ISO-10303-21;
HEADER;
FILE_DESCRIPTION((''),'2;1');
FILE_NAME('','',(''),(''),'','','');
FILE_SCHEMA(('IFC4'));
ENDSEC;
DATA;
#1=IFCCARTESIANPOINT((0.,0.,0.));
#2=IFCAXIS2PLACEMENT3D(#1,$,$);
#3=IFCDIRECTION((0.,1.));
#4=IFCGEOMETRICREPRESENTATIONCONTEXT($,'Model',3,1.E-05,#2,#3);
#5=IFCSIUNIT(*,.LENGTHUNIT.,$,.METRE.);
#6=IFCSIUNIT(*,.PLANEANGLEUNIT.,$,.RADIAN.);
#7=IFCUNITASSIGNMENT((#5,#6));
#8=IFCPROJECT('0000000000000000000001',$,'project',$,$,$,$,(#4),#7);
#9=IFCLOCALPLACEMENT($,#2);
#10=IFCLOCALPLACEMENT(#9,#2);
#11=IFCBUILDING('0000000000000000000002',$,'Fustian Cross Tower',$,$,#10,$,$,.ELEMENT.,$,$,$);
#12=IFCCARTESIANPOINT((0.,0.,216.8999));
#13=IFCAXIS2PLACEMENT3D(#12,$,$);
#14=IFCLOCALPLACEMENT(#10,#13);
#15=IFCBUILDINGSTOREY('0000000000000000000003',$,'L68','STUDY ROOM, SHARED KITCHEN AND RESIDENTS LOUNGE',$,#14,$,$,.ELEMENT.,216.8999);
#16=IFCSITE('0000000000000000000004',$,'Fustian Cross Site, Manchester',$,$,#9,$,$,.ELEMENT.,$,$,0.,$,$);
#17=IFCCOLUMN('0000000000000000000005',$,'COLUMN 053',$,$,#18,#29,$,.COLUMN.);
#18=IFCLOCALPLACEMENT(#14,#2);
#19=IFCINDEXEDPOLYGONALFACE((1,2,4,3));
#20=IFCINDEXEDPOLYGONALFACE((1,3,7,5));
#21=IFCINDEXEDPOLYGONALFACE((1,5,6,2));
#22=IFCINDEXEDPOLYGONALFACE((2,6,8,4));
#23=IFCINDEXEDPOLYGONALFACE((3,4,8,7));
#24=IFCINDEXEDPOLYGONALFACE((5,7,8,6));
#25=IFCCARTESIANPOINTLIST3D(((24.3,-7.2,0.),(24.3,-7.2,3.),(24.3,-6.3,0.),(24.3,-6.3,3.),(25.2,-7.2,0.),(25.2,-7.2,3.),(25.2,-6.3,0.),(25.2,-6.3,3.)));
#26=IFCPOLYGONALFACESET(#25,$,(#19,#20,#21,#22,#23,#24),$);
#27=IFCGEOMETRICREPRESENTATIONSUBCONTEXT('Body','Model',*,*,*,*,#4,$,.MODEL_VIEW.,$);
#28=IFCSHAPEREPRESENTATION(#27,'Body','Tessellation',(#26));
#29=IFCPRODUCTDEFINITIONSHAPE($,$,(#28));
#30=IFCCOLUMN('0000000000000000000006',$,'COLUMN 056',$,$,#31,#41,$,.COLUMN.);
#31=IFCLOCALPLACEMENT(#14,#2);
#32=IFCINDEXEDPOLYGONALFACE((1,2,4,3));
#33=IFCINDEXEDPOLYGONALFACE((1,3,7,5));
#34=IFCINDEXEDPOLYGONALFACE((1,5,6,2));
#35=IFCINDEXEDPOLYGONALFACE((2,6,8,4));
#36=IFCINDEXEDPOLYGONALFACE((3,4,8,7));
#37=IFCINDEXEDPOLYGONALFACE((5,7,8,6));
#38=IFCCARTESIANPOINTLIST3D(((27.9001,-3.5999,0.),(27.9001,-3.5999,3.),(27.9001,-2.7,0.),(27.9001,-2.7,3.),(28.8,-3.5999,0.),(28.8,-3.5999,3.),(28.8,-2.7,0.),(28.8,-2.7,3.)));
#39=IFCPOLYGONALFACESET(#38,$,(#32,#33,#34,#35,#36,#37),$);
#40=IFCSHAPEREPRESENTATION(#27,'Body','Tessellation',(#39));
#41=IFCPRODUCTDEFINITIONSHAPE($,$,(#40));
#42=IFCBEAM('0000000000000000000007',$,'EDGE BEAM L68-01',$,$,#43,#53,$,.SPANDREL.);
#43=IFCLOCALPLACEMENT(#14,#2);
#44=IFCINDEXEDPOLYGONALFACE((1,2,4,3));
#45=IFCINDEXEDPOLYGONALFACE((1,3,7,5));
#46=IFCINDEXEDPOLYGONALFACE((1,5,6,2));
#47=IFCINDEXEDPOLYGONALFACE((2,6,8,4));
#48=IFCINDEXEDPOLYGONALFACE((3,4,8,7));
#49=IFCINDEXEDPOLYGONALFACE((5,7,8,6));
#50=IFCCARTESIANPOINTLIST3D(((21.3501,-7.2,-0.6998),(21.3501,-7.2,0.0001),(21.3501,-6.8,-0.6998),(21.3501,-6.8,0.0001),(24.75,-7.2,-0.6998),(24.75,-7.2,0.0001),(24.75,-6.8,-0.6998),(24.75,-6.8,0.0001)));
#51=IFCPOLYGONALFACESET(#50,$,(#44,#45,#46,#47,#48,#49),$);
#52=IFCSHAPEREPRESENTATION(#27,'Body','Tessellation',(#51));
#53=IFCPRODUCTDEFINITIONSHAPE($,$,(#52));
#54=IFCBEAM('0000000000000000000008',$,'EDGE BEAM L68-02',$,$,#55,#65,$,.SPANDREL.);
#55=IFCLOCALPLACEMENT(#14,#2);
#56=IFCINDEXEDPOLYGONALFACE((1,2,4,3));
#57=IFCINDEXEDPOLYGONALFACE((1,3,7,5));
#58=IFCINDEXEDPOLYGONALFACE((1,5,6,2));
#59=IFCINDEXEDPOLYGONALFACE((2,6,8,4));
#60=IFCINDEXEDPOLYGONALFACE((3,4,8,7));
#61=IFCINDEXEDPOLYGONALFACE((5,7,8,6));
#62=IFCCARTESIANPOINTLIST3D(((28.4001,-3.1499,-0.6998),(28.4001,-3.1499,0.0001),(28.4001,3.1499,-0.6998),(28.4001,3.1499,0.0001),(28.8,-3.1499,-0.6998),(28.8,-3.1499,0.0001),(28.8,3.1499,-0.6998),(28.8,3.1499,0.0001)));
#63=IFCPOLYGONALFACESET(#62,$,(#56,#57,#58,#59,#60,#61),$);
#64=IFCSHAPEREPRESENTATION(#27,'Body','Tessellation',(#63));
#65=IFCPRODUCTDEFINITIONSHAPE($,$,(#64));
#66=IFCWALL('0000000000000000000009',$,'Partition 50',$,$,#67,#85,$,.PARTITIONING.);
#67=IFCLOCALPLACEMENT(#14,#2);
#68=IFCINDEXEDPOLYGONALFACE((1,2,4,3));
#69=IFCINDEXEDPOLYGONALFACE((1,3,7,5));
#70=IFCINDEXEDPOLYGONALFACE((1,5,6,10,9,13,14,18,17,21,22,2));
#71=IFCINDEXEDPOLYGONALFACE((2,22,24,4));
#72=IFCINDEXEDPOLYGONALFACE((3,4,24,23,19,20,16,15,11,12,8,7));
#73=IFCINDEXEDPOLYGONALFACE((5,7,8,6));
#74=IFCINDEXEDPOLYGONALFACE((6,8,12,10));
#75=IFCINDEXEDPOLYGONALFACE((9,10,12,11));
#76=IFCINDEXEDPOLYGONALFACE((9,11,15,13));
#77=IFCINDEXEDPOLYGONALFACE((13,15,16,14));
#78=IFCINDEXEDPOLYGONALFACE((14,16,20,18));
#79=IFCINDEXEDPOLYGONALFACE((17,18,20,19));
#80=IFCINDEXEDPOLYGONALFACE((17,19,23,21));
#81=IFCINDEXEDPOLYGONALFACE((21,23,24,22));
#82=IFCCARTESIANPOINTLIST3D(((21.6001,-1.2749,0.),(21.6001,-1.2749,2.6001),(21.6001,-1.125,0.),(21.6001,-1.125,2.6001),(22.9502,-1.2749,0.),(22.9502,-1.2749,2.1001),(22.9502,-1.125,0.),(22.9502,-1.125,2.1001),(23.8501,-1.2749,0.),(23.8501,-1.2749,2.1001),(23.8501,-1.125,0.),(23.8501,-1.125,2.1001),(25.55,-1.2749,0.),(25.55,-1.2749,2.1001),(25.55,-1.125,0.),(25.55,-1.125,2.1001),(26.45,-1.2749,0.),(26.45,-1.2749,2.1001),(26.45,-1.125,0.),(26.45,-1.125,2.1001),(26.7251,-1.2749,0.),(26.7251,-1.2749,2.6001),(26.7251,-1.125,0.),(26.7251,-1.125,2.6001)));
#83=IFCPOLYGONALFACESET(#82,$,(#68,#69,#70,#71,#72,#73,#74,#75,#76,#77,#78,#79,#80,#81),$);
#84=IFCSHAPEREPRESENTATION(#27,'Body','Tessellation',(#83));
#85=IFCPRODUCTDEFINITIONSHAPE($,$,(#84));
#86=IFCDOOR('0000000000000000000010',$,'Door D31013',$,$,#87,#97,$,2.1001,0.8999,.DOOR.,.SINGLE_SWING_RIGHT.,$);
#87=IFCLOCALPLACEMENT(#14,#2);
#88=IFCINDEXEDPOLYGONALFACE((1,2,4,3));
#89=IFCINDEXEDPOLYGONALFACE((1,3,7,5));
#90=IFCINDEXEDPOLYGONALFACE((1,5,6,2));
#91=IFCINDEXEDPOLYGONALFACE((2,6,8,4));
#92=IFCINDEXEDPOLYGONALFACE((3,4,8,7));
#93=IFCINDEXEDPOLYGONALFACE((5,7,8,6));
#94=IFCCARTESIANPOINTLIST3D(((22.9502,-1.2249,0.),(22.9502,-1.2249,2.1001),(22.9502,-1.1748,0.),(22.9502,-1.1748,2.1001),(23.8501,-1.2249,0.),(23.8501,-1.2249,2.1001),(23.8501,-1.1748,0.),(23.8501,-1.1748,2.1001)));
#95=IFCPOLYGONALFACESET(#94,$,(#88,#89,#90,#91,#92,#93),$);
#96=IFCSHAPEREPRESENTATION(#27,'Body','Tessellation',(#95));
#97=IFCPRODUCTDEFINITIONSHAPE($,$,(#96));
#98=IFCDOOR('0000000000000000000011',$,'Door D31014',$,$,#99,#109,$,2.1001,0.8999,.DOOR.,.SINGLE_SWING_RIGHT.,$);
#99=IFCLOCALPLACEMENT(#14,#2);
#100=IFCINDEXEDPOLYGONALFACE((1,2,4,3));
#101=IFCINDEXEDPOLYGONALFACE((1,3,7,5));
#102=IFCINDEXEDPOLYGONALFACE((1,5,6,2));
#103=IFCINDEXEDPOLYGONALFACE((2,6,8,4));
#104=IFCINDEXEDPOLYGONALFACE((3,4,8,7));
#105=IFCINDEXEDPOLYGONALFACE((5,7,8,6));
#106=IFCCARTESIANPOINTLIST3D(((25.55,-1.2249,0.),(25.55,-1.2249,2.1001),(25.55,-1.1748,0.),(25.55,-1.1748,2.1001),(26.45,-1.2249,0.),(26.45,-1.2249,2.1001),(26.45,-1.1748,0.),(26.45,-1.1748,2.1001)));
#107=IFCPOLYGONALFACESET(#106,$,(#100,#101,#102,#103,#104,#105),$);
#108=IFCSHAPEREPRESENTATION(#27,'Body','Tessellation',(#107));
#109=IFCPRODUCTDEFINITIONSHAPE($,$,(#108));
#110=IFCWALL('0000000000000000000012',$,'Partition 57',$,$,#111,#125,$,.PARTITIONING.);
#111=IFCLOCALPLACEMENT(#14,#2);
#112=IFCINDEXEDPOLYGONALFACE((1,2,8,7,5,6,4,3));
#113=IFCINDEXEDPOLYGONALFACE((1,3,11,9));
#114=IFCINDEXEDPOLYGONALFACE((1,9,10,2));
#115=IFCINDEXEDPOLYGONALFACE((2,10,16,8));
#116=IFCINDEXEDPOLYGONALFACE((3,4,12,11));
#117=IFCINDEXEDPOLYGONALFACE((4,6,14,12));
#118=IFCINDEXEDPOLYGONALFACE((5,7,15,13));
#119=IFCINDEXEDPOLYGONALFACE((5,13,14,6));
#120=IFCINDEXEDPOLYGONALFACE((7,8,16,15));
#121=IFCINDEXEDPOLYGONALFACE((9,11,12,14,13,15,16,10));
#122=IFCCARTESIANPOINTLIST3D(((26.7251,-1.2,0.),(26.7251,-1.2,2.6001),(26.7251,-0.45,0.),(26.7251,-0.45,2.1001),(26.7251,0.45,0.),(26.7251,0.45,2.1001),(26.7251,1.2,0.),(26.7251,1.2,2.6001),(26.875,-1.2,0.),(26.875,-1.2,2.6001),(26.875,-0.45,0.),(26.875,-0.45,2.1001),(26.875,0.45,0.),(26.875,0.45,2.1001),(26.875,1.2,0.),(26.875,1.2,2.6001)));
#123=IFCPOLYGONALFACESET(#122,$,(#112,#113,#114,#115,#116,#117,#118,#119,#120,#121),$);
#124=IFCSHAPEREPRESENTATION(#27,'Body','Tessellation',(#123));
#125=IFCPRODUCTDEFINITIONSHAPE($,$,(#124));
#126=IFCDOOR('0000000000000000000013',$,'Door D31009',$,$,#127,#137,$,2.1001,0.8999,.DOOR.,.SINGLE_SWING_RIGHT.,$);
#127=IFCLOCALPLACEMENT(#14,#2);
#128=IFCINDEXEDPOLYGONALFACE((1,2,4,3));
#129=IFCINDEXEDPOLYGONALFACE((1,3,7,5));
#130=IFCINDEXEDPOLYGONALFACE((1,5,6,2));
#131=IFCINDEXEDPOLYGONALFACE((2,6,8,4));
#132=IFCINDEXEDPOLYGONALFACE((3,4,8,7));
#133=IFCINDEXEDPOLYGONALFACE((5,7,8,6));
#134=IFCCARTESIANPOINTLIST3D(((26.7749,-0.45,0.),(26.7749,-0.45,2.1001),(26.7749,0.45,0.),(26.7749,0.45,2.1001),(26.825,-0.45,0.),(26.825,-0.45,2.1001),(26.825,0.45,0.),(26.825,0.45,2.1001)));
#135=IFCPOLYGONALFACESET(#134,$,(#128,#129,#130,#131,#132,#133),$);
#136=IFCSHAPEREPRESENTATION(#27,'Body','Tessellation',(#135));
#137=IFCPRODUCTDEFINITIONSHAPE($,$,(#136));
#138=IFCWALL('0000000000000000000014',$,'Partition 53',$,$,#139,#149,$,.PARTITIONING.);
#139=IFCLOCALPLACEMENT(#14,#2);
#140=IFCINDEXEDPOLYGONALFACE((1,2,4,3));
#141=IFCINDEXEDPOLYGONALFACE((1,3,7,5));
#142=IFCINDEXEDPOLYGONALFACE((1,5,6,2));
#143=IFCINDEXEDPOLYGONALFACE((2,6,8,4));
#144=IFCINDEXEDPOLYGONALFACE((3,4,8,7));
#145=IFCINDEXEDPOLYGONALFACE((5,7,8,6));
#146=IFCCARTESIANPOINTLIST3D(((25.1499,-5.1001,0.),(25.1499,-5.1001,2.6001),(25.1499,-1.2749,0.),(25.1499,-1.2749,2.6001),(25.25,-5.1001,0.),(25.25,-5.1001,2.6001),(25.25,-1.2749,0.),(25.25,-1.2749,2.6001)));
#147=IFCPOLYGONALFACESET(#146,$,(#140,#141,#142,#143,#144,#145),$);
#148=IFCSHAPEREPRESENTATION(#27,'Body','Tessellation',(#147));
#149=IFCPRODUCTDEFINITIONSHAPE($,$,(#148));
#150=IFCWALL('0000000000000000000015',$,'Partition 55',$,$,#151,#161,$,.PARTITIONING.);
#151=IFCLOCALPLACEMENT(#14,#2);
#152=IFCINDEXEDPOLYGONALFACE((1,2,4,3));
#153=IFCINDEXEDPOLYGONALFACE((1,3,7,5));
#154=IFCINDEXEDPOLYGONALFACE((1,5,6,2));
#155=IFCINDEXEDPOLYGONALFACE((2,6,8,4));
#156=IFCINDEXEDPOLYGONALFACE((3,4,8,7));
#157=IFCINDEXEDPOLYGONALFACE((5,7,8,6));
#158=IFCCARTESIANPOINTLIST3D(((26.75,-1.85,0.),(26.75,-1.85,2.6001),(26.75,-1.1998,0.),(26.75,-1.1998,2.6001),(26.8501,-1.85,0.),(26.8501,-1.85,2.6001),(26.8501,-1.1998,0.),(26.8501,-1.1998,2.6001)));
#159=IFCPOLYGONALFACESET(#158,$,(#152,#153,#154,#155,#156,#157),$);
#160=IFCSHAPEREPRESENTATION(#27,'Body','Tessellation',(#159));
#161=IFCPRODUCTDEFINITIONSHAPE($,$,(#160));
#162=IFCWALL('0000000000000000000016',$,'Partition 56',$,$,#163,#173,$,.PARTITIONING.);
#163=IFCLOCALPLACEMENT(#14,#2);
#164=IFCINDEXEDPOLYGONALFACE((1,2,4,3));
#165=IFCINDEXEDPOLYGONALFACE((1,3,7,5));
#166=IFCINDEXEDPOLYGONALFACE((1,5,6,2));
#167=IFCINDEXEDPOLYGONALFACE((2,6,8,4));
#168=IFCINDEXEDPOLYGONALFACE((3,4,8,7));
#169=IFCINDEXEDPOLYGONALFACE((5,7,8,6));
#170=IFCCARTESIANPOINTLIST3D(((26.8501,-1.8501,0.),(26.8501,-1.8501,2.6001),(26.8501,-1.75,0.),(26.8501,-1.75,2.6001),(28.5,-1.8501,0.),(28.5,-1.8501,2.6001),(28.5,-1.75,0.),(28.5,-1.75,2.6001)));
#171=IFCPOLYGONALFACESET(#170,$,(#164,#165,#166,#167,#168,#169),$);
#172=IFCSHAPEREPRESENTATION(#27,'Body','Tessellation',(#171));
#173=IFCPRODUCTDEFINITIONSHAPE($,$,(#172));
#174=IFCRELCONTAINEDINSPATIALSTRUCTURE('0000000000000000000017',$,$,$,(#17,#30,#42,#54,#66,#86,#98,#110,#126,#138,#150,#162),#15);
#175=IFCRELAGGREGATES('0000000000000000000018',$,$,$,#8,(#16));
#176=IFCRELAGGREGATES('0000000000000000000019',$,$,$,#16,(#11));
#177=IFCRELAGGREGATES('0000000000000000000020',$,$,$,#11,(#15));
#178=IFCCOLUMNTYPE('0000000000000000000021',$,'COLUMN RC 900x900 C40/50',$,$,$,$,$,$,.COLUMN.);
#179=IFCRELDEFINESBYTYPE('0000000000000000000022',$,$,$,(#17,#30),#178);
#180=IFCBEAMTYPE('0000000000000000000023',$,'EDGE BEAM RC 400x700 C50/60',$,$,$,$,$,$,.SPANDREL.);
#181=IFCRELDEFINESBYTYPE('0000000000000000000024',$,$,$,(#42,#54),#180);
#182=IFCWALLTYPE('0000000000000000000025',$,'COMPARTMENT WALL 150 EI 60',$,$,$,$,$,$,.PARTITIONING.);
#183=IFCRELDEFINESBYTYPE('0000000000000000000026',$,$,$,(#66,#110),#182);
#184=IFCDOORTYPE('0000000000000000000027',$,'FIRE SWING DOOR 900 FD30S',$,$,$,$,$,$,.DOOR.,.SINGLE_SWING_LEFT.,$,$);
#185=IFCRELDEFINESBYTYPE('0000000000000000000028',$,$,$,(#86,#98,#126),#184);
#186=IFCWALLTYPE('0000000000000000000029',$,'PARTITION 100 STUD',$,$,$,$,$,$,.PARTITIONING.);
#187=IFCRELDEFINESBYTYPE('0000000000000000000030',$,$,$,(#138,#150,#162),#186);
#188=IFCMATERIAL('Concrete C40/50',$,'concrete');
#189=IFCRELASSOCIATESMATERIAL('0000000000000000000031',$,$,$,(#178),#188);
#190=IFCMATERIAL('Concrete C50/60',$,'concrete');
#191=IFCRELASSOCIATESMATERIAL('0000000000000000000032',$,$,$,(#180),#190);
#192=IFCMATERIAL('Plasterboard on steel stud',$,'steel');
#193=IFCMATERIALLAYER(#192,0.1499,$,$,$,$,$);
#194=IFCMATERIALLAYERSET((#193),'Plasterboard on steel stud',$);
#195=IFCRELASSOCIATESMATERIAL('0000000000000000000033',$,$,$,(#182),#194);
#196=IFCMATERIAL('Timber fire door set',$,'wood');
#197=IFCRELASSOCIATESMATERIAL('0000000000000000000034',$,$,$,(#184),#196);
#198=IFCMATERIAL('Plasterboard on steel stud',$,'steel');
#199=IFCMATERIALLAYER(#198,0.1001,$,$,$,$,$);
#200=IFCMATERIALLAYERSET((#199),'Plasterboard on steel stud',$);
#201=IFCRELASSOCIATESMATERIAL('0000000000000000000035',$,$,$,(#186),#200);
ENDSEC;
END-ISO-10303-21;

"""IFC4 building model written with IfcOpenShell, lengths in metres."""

from ifc_helpers import new_model, si_unit, direction, frame, frame_2d, origin, origin_2d, place, context, subcontext, project, spatial, rectangle, extrude, material, layer, layer_set, material_profile, profile_set, type_object, element, fill, save


model = new_model("IFC4")

# Units and contexts
model_context = context("Model", 3, precision=1e-05, world=origin(), true_north=direction((0.0, 1.0)))
body_context = subcontext(model_context, "Body", "Model", "MODEL_VIEW")
ifc_project = project(units=[si_unit("LENGTHUNIT", "METRE"), si_unit("PLANEANGLEUNIT", "RADIAN")], contexts=[model_context])

# Site, building, storey
site_placement = place(None, origin())
site = spatial("IfcSite", under=ifc_project, at=site_placement, Name="Fustian Cross Site, Manchester", CompositionType="ELEMENT", RefElevation=0.0)
building_placement = place(site_placement, origin())
building = spatial("IfcBuilding", under=site, at=building_placement, Name="Fustian Cross Tower", CompositionType="ELEMENT")
storey_placement = place(building_placement, frame((0.0, 0.0, 216.8999)))
storey = spatial("IfcBuildingStorey", under=building, at=storey_placement, Name="L68", Description="STUDY ROOM, SHARED KITCHEN AND RESIDENTS LOUNGE", CompositionType="ELEMENT", Elevation=216.8999)

# Columns
ifc_material_1 = material(Name="Concrete C40/50", Category="concrete")
ifc_material_profile_1 = material_profile(ifc_material_1, rectangle(XDim=0.8999, YDim=0.8999, at=origin_2d()), Name="RC 900x900")
ifc_profile_set_1 = profile_set([ifc_material_profile_1], Name="Concrete C40/50")
column_type = type_object("IfcColumnType", Name="COLUMN RC 900x900 C40/50", PredefinedType="COLUMN", material=ifc_profile_set_1)
for number, where, z_axis, x_axis, name in (
    (1, (24.75, -6.75, 0.0), (0.0, 0.0, 1.0), (1.0, 0.0, 0.0), "COLUMN 053"),
    (2, (28.3501, -3.1499, 0.0), (0.0, 0.0, 1.0), (1.0, 0.0, 0.0), "COLUMN 056"),
):
    element("IfcColumn", number, at=place(storey_placement, frame(where, z_axis=z_axis, x_axis=x_axis)), inside=storey, type_object=column_type, Name=name, PredefinedType="COLUMN", context=body_context, shape_type="SweptSolid", body=[
        extrude(rectangle(XDim=0.8999, YDim=0.8999, at=origin_2d()), origin(), (0.0, 0.0, 1.0), 3.0),
    ])

# Beams
ifc_material_2 = material(Name="Concrete C50/60", Category="concrete")
ifc_material_profile_2 = material_profile(ifc_material_2, rectangle(XDim=0.3999, YDim=0.7, at=origin_2d()), Name="RC 400x700")
ifc_profile_set_2 = profile_set([ifc_material_profile_2], Name="Concrete C50/60")
beam_type = type_object("IfcBeamType", Name="EDGE BEAM RC 400x700 C50/60", PredefinedType="SPANDREL", material=ifc_profile_set_2)
beam_1_placement = place(storey_placement, frame((21.3501, -7.0, -0.3499), z_axis=(1.0, 0.0, 0.0), x_axis=(0.0, 1.0, 0.0)))
element("IfcBeam", 3, at=beam_1_placement, inside=storey, type_object=beam_type, Name="EDGE BEAM L68-01", PredefinedType="SPANDREL", context=body_context, shape_type="SweptSolid", body=[
    extrude(rectangle(XDim=0.3999, YDim=0.7, at=origin_2d()), origin(), (0.0, 0.0, 1.0), 3.3999),
])
beam_2_placement = place(storey_placement, frame((28.6001, -3.1499, -0.3499), z_axis=(0.0, 1.0, 0.0), x_axis=(-1.0, 0.0, 0.0)))
element("IfcBeam", 4, at=beam_2_placement, inside=storey, type_object=beam_type, Name="EDGE BEAM L68-02", PredefinedType="SPANDREL", context=body_context, shape_type="SweptSolid", body=[
    extrude(rectangle(XDim=0.3999, YDim=0.7, at=origin_2d()), origin(), (0.0, 0.0, 1.0), 6.2998),
])

# Wall, openings, doors
ifc_material_3 = material(Name="Plasterboard on steel stud", Category="steel")
ifc_layer_1 = layer(ifc_material_3, 0.1499)
ifc_layer_set_1 = layer_set([ifc_layer_1], Name="Plasterboard on steel stud")
wall_type_1 = type_object("IfcWallType", Name="COMPARTMENT WALL 150 EI 60", PredefinedType="PARTITIONING", material=ifc_layer_set_1)
wall_1_placement = place(storey_placement, frame((21.6001, -1.2, 0.0), z_axis=(0.0, 0.0, 1.0), x_axis=(1.0, 0.0, 0.0)))
wall_1 = element("IfcWall", 5, at=wall_1_placement, inside=storey, type_object=wall_type_1, Name="Partition 50", PredefinedType="PARTITIONING", context=body_context, shape_type="SweptSolid", body=[
    extrude(rectangle(XDim=5.125, YDim=0.1499, at=frame_2d((2.5625, 0.0))), origin(), (0.0, 0.0, 1.0), 2.6001),
])
opening_1_placement = place(wall_1_placement, frame((1.3501, 0.0, 0.0)))
opening_1 = element("IfcOpeningElement", 6, at=opening_1_placement, cuts=wall_1, PredefinedType="OPENING", context=body_context, shape_type="SweptSolid", body=[
    extrude(rectangle(XDim=0.8999, YDim=2.1001, at=frame_2d((0.45, 1.05))), frame((0.0, 0.085, 0.0), z_axis=(0.0, -1.0, 0.0), x_axis=(1.0, 0.0, 0.0)), (0.0, 0.0, 1.0), 0.1699),
])
opening_2_placement = place(wall_1_placement, frame((3.95, 0.0, 0.0)))
opening_2 = element("IfcOpeningElement", 7, at=opening_2_placement, cuts=wall_1, PredefinedType="OPENING", context=body_context, shape_type="SweptSolid", body=[
    extrude(rectangle(XDim=0.8999, YDim=2.1001, at=frame_2d((0.45, 1.05))), frame((0.0, 0.085, 0.0), z_axis=(0.0, -1.0, 0.0), x_axis=(1.0, 0.0, 0.0)), (0.0, 0.0, 1.0), 0.1699),
])
ifc_material_4 = material(Name="Timber fire door set", Category="wood")
door_type = type_object("IfcDoorType", Name="FIRE SWING DOOR 900 FD30S", OperationType="SINGLE_SWING_LEFT", PredefinedType="DOOR", material=ifc_material_4)
door_1_placement = place(opening_1_placement, frame((0.8999, 0.0, 0.0), z_axis=(0.0, 0.0, 1.0), x_axis=(-1.0, 0.0, 0.0)))
door_1 = element("IfcDoor", 8, at=door_1_placement, inside=storey, type_object=door_type, Name="Door D31013", OperationType="SINGLE_SWING_RIGHT", OverallHeight=2.1001, OverallWidth=0.8999, PredefinedType="DOOR", context=body_context, shape_type="SweptSolid", body=[
    extrude(rectangle(XDim=0.8999, YDim=2.1001, at=frame_2d((0.45, 1.05))), frame((0.0, 0.0249, 0.0), z_axis=(0.0, -1.0, 0.0), x_axis=(1.0, 0.0, 0.0)), (0.0, 0.0, 1.0), 0.05),
])
fill(opening_1, door_1)
door_2_placement = place(opening_2_placement, frame((0.8999, 0.0, 0.0), z_axis=(0.0, 0.0, 1.0), x_axis=(-1.0, 0.0, 0.0)))
door_2 = element("IfcDoor", 9, at=door_2_placement, inside=storey, type_object=door_type, Name="Door D31014", OperationType="SINGLE_SWING_RIGHT", OverallHeight=2.1001, OverallWidth=0.8999, PredefinedType="DOOR", context=body_context, shape_type="SweptSolid", body=[
    extrude(rectangle(XDim=0.8999, YDim=2.1001, at=frame_2d((0.45, 1.05))), frame((0.0, 0.0249, 0.0), z_axis=(0.0, -1.0, 0.0), x_axis=(1.0, 0.0, 0.0)), (0.0, 0.0, 1.0), 0.05),
])
fill(opening_2, door_2)

# Wall, opening, door
wall_2_placement = place(storey_placement, frame((26.8, -1.2, 0.0), z_axis=(0.0, 0.0, 1.0), x_axis=(0.0, 1.0, 0.0)))
wall_2 = element("IfcWall", 10, at=wall_2_placement, inside=storey, type_object=wall_type_1, Name="Partition 57", PredefinedType="PARTITIONING", context=body_context, shape_type="SweptSolid", body=[
    extrude(rectangle(XDim=2.3999, YDim=0.1499, at=frame_2d((1.2, 0.0))), origin(), (0.0, 0.0, 1.0), 2.6001),
])
opening_3_placement = place(wall_2_placement, frame((0.75, 0.0, 0.0)))
opening_3 = element("IfcOpeningElement", 11, at=opening_3_placement, cuts=wall_2, PredefinedType="OPENING", context=body_context, shape_type="SweptSolid", body=[
    extrude(rectangle(XDim=0.8999, YDim=2.1001, at=frame_2d((0.45, 1.05))), frame((0.0, 0.085, 0.0), z_axis=(0.0, -1.0, 0.0), x_axis=(1.0, 0.0, 0.0)), (0.0, 0.0, 1.0), 0.1699),
])
door_3_placement = place(opening_3_placement, frame((0.8999, 0.0, 0.0), z_axis=(0.0, 0.0, 1.0), x_axis=(-1.0, 0.0, 0.0)))
door_3 = element("IfcDoor", 12, at=door_3_placement, inside=storey, type_object=door_type, Name="Door D31009", OperationType="SINGLE_SWING_RIGHT", OverallHeight=2.1001, OverallWidth=0.8999, PredefinedType="DOOR", context=body_context, shape_type="SweptSolid", body=[
    extrude(rectangle(XDim=0.8999, YDim=2.1001, at=frame_2d((0.45, 1.05))), frame((0.0, 0.0249, 0.0), z_axis=(0.0, -1.0, 0.0), x_axis=(1.0, 0.0, 0.0)), (0.0, 0.0, 1.0), 0.05),
])
fill(opening_3, door_3)

# Walls
ifc_material_5 = material(Name="Plasterboard on steel stud", Category="steel")
ifc_layer_2 = layer(ifc_material_5, 0.1001)
ifc_layer_set_2 = layer_set([ifc_layer_2], Name="Plasterboard on steel stud")
wall_type_2 = type_object("IfcWallType", Name="PARTITION 100 STUD", PredefinedType="PARTITIONING", material=ifc_layer_set_2)
wall_3_placement = place(storey_placement, frame((25.2, -5.1001, 0.0), z_axis=(0.0, 0.0, 1.0), x_axis=(0.0, 1.0, 0.0)))
element("IfcWall", 13, at=wall_3_placement, inside=storey, type_object=wall_type_2, Name="Partition 53", PredefinedType="PARTITIONING", context=body_context, shape_type="SweptSolid", body=[
    extrude(rectangle(XDim=3.8252, YDim=0.1001, at=frame_2d((1.9126, 0.0))), origin(), (0.0, 0.0, 1.0), 2.6001),
])
wall_4_placement = place(storey_placement, frame((26.8, -1.8501, 0.0), z_axis=(0.0, 0.0, 1.0), x_axis=(0.0, 1.0, 0.0)))
element("IfcWall", 14, at=wall_4_placement, inside=storey, type_object=wall_type_2, Name="Partition 55", PredefinedType="PARTITIONING", context=body_context, shape_type="SweptSolid", body=[
    extrude(rectangle(XDim=0.6501, YDim=0.1001, at=frame_2d((0.3252, 0.0))), origin(), (0.0, 0.0, 1.0), 2.6001),
])
wall_5_placement = place(storey_placement, frame((26.8501, -1.8, 0.0), z_axis=(0.0, 0.0, 1.0), x_axis=(1.0, 0.0, 0.0)))
element("IfcWall", 15, at=wall_5_placement, inside=storey, type_object=wall_type_2, Name="Partition 56", PredefinedType="PARTITIONING", context=body_context, shape_type="SweptSolid", body=[
    extrude(rectangle(XDim=1.6499, YDim=0.1001, at=frame_2d((0.825, 0.0))), origin(), (0.0, 0.0, 1.0), 2.6001),
])

save(model, "model.ifc")
